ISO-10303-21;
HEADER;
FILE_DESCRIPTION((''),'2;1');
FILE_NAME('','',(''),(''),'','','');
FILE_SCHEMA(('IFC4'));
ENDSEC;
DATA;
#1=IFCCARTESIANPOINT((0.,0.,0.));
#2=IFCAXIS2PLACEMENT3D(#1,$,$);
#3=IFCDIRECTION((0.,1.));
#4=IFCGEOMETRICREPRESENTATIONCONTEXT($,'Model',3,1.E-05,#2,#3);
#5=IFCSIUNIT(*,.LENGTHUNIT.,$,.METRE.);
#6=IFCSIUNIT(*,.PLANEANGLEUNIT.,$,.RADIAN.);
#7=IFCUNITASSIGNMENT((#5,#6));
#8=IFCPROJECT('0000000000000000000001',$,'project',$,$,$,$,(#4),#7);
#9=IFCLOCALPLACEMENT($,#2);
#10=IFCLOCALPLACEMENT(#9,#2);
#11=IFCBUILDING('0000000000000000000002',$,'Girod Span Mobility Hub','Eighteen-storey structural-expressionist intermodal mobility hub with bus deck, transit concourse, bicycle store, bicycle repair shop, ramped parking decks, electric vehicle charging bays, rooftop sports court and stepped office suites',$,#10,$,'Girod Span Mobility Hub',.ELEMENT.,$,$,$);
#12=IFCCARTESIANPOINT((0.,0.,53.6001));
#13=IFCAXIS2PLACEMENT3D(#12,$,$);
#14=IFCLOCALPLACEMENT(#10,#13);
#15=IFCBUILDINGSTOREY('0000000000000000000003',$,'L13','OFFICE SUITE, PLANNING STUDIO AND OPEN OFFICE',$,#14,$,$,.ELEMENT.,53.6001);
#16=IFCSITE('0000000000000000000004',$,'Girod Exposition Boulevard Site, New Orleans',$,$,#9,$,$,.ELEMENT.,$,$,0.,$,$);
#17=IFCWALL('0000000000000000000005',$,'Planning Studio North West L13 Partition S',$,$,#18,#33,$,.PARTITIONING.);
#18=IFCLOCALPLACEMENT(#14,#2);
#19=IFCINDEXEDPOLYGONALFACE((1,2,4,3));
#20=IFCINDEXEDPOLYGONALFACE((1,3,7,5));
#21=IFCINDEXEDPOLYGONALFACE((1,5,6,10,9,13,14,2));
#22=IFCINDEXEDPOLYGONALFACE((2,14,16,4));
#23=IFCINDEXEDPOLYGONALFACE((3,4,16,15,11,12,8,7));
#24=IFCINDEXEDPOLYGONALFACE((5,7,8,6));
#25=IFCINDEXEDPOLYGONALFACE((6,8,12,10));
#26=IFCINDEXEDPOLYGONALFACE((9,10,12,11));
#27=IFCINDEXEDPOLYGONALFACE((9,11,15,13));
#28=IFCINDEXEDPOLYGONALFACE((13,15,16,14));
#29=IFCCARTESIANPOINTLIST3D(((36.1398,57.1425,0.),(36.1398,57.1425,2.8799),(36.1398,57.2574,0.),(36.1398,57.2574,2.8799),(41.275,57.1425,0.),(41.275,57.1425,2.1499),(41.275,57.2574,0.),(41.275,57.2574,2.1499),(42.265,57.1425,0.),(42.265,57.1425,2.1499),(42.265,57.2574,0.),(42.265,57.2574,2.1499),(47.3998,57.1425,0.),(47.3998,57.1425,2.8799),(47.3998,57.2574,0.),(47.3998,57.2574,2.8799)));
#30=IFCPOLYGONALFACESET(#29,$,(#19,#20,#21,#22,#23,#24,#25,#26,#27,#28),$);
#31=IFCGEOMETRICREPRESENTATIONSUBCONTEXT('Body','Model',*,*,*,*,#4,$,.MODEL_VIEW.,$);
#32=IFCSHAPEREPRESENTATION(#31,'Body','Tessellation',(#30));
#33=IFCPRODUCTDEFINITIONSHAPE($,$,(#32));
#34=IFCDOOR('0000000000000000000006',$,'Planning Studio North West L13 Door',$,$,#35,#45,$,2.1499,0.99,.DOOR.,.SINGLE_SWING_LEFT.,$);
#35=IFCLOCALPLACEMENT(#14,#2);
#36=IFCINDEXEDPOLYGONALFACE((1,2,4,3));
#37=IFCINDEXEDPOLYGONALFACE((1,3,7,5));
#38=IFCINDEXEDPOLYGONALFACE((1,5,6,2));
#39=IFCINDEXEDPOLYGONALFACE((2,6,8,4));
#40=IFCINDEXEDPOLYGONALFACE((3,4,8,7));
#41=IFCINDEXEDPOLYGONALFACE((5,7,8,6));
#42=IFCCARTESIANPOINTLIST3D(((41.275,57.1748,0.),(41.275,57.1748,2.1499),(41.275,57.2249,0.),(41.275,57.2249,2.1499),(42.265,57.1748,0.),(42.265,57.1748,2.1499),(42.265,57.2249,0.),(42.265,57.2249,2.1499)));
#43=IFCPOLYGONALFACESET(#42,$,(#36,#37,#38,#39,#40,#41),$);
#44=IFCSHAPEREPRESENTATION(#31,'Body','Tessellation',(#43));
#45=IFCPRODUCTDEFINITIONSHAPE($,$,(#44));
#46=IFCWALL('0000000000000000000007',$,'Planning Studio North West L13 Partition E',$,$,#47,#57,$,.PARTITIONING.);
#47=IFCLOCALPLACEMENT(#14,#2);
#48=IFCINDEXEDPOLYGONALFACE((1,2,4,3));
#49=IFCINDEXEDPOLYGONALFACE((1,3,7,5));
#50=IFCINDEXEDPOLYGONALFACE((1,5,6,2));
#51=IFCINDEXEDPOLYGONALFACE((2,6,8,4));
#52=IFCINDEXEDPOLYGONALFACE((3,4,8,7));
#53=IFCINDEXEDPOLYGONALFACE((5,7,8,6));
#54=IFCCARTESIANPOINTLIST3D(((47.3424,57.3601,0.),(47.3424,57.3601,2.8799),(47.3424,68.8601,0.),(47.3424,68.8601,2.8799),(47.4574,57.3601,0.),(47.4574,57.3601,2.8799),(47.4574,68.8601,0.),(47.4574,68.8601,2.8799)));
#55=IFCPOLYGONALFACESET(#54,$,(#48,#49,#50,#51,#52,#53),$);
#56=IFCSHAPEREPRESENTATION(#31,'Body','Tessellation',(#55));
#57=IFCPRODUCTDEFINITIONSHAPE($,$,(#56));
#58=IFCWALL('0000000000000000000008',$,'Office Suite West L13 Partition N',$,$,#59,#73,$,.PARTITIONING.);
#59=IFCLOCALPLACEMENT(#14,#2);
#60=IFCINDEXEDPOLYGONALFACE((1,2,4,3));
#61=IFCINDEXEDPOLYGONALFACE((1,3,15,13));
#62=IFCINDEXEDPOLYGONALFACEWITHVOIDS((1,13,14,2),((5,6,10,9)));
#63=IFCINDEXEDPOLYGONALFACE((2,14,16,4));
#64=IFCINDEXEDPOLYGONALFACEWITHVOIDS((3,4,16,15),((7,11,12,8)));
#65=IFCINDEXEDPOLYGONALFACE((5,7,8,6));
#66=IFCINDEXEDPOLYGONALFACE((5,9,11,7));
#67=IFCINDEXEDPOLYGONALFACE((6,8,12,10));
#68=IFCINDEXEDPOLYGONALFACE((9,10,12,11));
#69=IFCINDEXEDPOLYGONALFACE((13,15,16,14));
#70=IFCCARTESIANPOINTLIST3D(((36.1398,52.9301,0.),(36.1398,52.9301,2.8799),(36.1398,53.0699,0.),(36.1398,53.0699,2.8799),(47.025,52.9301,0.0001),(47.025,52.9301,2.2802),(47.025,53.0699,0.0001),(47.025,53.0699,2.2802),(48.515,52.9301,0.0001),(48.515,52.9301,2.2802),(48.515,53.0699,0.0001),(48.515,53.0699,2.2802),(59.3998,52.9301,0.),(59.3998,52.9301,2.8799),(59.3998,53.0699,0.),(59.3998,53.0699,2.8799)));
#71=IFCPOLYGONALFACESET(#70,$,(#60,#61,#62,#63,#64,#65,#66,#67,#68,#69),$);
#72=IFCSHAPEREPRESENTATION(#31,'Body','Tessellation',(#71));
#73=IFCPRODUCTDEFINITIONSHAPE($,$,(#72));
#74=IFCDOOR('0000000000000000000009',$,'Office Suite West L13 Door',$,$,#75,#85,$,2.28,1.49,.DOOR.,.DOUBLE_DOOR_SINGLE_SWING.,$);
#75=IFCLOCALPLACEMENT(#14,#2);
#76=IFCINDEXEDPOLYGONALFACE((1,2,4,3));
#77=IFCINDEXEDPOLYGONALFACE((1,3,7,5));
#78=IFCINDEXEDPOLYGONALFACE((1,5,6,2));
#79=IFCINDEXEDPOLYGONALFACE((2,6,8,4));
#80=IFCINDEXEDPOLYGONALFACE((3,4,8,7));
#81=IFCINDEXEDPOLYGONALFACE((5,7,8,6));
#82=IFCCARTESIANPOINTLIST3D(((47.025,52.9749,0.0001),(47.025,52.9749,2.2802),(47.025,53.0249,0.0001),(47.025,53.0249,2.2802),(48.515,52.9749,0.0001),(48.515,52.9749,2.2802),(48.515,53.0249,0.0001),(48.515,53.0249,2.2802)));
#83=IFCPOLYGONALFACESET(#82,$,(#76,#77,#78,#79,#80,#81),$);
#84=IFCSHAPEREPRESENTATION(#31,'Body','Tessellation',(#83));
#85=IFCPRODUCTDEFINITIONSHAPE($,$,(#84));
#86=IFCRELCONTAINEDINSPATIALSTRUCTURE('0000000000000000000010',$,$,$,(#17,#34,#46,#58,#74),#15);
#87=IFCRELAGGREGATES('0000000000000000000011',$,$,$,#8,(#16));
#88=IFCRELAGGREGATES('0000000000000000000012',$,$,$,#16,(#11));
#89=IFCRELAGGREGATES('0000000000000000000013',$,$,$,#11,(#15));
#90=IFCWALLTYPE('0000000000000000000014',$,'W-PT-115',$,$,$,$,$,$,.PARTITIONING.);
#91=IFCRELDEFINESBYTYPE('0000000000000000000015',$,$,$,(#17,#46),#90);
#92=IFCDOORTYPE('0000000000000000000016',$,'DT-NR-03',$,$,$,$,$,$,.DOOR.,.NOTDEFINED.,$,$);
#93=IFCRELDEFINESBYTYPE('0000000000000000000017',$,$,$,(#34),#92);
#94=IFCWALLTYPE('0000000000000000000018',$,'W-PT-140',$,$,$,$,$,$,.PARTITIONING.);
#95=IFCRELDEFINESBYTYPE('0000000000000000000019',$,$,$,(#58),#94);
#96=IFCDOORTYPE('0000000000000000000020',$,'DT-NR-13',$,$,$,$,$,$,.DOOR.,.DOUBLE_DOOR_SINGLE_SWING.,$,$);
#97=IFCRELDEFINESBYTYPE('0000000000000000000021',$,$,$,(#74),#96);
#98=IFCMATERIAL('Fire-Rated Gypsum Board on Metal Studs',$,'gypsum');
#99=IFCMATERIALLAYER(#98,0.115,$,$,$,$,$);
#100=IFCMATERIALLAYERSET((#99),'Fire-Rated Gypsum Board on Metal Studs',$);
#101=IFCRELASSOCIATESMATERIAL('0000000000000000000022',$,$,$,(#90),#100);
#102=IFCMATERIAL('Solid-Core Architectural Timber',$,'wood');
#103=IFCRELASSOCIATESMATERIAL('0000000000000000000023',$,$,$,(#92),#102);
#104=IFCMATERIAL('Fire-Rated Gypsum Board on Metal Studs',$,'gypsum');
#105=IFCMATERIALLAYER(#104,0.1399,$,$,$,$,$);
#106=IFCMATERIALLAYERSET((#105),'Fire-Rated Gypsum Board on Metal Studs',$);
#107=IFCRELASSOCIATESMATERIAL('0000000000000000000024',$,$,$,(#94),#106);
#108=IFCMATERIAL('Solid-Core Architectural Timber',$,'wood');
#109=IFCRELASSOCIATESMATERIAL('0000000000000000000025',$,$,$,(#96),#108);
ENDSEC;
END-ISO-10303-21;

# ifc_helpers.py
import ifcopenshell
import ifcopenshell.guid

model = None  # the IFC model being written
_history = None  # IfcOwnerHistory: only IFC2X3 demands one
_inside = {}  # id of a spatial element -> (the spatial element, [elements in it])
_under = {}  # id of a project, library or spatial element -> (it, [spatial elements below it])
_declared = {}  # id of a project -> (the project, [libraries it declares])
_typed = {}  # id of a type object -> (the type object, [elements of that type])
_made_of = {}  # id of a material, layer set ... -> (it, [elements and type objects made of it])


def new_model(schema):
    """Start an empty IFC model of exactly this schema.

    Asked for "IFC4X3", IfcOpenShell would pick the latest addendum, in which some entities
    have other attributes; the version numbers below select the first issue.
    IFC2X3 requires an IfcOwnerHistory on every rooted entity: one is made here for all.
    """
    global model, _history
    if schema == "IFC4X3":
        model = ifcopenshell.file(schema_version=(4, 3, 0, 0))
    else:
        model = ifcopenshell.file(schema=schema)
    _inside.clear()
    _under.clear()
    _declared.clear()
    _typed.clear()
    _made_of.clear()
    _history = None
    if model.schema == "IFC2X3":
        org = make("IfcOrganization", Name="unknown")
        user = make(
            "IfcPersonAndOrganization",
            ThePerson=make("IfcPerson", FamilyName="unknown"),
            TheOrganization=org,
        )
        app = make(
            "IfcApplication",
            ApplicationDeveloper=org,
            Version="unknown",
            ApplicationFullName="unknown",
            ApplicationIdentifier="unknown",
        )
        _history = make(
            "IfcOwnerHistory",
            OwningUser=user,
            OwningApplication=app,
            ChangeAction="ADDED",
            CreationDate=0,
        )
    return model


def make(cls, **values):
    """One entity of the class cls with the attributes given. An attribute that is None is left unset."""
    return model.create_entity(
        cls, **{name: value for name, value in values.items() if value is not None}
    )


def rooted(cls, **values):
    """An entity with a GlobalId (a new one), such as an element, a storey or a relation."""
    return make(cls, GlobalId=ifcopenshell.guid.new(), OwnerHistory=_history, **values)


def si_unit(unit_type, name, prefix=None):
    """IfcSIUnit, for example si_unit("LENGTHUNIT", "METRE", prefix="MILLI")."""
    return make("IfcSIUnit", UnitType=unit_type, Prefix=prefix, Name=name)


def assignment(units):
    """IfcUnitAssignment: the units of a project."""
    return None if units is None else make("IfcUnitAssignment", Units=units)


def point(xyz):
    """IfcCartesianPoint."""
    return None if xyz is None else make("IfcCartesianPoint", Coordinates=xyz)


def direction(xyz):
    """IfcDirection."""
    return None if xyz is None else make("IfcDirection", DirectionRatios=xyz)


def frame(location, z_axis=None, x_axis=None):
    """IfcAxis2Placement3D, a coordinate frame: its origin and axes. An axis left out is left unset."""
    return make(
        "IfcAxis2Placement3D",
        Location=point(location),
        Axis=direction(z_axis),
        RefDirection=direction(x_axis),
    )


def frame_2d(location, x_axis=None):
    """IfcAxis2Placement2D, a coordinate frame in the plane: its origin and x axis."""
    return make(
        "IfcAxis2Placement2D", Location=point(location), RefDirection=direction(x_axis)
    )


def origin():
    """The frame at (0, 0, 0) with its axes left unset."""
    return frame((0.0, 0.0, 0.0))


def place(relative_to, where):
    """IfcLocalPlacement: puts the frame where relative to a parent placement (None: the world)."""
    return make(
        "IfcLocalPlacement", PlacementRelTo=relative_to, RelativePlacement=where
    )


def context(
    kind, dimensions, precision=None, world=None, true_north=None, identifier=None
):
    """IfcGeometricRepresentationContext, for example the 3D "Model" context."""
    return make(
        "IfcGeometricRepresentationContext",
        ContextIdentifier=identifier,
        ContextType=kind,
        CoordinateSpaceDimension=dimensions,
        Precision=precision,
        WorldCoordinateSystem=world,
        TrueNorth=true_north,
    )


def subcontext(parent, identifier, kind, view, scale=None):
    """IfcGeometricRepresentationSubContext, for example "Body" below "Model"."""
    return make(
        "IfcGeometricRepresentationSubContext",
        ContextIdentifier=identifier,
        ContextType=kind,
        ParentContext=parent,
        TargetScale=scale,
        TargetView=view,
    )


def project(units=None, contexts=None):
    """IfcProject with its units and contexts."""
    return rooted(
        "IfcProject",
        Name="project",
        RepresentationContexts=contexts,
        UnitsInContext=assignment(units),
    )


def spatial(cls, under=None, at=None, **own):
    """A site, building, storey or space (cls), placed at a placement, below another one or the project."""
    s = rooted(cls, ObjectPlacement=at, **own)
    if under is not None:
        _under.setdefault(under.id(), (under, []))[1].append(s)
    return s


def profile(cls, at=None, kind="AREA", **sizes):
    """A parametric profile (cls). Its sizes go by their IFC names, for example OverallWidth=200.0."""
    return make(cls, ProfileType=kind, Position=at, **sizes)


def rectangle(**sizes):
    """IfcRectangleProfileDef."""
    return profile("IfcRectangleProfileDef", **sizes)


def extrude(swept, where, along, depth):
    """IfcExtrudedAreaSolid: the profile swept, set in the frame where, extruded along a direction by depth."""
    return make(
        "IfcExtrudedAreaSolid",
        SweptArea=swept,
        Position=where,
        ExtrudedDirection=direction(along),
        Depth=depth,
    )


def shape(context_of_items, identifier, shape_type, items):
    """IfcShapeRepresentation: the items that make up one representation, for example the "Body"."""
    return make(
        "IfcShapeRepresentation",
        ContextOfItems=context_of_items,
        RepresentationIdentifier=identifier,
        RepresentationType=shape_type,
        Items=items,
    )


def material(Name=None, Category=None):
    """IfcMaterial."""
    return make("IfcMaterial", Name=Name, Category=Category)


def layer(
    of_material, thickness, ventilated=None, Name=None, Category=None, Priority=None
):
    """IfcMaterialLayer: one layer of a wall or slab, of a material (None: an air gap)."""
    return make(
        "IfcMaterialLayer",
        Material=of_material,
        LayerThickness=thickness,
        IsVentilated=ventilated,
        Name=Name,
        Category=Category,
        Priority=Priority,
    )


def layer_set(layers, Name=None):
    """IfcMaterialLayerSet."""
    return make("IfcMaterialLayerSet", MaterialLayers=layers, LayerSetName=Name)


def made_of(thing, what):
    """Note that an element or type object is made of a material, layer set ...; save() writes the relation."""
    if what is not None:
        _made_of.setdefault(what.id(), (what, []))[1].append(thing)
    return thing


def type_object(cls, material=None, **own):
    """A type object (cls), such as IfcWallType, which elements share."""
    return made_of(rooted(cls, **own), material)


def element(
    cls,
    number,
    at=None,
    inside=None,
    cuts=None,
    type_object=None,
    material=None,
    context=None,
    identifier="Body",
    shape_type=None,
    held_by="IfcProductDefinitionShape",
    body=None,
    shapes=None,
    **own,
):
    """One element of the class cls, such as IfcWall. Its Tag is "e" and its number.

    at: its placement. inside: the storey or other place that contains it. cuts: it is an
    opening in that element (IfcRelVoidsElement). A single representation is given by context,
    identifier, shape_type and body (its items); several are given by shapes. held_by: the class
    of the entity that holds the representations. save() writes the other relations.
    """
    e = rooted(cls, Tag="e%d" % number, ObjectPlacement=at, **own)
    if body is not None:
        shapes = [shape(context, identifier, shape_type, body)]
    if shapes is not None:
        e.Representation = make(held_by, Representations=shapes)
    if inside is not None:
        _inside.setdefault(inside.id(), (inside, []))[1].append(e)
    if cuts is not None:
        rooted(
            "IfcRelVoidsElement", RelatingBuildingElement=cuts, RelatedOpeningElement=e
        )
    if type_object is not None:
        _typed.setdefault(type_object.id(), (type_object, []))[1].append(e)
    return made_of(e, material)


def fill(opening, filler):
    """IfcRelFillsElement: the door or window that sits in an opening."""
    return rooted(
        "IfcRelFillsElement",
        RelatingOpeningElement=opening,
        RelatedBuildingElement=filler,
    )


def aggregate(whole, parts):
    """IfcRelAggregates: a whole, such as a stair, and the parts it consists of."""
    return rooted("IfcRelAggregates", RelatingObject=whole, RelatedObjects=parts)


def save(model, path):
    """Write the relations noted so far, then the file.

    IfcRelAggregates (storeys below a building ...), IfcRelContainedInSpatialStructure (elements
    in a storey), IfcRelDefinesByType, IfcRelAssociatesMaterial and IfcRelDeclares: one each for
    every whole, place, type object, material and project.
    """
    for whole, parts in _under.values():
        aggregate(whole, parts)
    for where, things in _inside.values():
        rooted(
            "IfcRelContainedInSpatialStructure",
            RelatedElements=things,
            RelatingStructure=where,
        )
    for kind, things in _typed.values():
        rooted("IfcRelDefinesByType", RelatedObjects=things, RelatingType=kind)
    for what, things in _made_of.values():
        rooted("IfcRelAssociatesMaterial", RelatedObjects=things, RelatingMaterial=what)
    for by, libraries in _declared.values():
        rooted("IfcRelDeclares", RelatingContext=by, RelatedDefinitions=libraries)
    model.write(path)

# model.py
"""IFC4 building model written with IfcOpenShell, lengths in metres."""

from ifc_helpers import new_model, si_unit, direction, frame, frame_2d, origin, place, context, subcontext, project, spatial, rectangle, extrude, material, layer, layer_set, type_object, element, fill, save


model = new_model("IFC4")

# Units and contexts
model_context = context("Model", 3, precision=1e-05, world=origin(), true_north=direction((0.0, 1.0)))
body_context = subcontext(model_context, "Body", "Model", "MODEL_VIEW")
ifc_project = project(units=[si_unit("LENGTHUNIT", "METRE"), si_unit("PLANEANGLEUNIT", "RADIAN")], contexts=[model_context])

# Site, building, storey
site_placement = place(None, origin())
site = spatial("IfcSite", under=ifc_project, at=site_placement, Name="Girod Exposition Boulevard Site, New Orleans", CompositionType="ELEMENT", RefElevation=0.0)
building_placement = place(site_placement, origin())
building = spatial("IfcBuilding", under=site, at=building_placement, Name="Girod Span Mobility Hub", Description="Eighteen-storey structural-expressionist intermodal mobility hub with bus deck, transit concourse, bicycle store, bicycle repair shop, ramped parking decks, electric vehicle charging bays, rooftop sports court and stepped office suites", LongName="Girod Span Mobility Hub", CompositionType="ELEMENT")
storey_placement = place(building_placement, frame((0.0, 0.0, 53.6001)))
storey = spatial("IfcBuildingStorey", under=building, at=storey_placement, Name="L13", Description="OFFICE SUITE, PLANNING STUDIO AND OPEN OFFICE", CompositionType="ELEMENT", Elevation=53.6001)

# Wall, opening, door
ifc_material_1 = material(Name="Fire-Rated Gypsum Board on Metal Studs", Category="gypsum")
ifc_layer_1 = layer(ifc_material_1, 0.115)
ifc_layer_set_1 = layer_set([ifc_layer_1], Name="Fire-Rated Gypsum Board on Metal Studs")
wall_type_1 = type_object("IfcWallType", Name="W-PT-115", PredefinedType="PARTITIONING", material=ifc_layer_set_1)
wall_1_placement = place(storey_placement, frame((36.1399, 57.2, 0.0), z_axis=(0.0, 0.0, 1.0), x_axis=(1.0, 0.0, 0.0)))
wall_1 = element("IfcWall", 1, at=wall_1_placement, inside=storey, type_object=wall_type_1, Name="Planning Studio North West L13 Partition S", PredefinedType="PARTITIONING", context=body_context, shape_type="SweptSolid", body=[
    extrude(rectangle(XDim=11.26, YDim=0.115, at=frame_2d((5.6299, 0.0))), origin(), (0.0, 0.0, 1.0), 2.8799),
])
opening_1_placement = place(wall_1_placement, frame((5.135, 0.0, 0.0)))
opening_1 = element("IfcOpeningElement", 2, at=opening_1_placement, cuts=wall_1, PredefinedType="OPENING", context=body_context, shape_type="SweptSolid", body=[
    extrude(rectangle(XDim=0.99, YDim=2.1499, at=frame_2d((0.4951, 1.075))), frame((0.0, 0.0725, 0.0), z_axis=(0.0, -1.0, 0.0), x_axis=(1.0, 0.0, 0.0)), (0.0, 0.0, 1.0), 0.145),
])
ifc_material_2 = material(Name="Solid-Core Architectural Timber", Category="wood")
door_type_1 = type_object("IfcDoorType", Name="DT-NR-03", OperationType="NOTDEFINED", PredefinedType="DOOR", material=ifc_material_2)
door_1_placement = place(opening_1_placement, origin())
door_1 = element("IfcDoor", 3, at=door_1_placement, inside=storey, type_object=door_type_1, Name="Planning Studio North West L13 Door", OperationType="SINGLE_SWING_LEFT", OverallHeight=2.1499, OverallWidth=0.99, PredefinedType="DOOR", context=body_context, shape_type="SweptSolid", body=[
    extrude(rectangle(XDim=0.99, YDim=2.1499, at=frame_2d((0.4951, 1.075))), frame((0.0, 0.0249, 0.0), z_axis=(0.0, -1.0, 0.0), x_axis=(1.0, 0.0, 0.0)), (0.0, 0.0, 1.0), 0.05),
])
fill(opening_1, door_1)

# Wall
wall_2_placement = place(storey_placement, frame((47.3999, 57.3601, 0.0), z_axis=(0.0, 0.0, 1.0), x_axis=(0.0, 1.0, 0.0)))
element("IfcWall", 4, at=wall_2_placement, inside=storey, type_object=wall_type_1, Name="Planning Studio North West L13 Partition E", PredefinedType="PARTITIONING", context=body_context, shape_type="SweptSolid", body=[
    extrude(rectangle(XDim=11.5, YDim=0.115, at=frame_2d((5.75, 0.0))), origin(), (0.0, 0.0, 1.0), 2.8799),
])

# Wall, opening, door
ifc_material_3 = material(Name="Fire-Rated Gypsum Board on Metal Studs", Category="gypsum")
ifc_layer_2 = layer(ifc_material_3, 0.1399)
ifc_layer_set_2 = layer_set([ifc_layer_2], Name="Fire-Rated Gypsum Board on Metal Studs")
wall_type_2 = type_object("IfcWallType", Name="W-PT-140", PredefinedType="PARTITIONING", material=ifc_layer_set_2)
wall_3_placement = place(storey_placement, frame((36.1399, 53.0, 0.0), z_axis=(0.0, 0.0, 1.0), x_axis=(1.0, 0.0, 0.0)))
wall_3 = element("IfcWall", 5, at=wall_3_placement, inside=storey, type_object=wall_type_2, Name="Office Suite West L13 Partition N", PredefinedType="PARTITIONING", context=body_context, shape_type="SweptSolid", body=[
    extrude(rectangle(XDim=23.26, YDim=0.1399, at=frame_2d((11.6299, 0.0))), origin(), (0.0, 0.0, 1.0), 2.8799),
])
opening_2_placement = place(wall_3_placement, frame((10.885, 0.0, 0.0)))
opening_2 = element("IfcOpeningElement", 6, at=opening_2_placement, cuts=wall_3, PredefinedType="OPENING", context=body_context, shape_type="SweptSolid", body=[
    extrude(rectangle(XDim=1.49, YDim=2.28, at=frame_2d((0.7451, 1.1401))), frame((0.0, 0.085, 0.0), z_axis=(0.0, -1.0, 0.0), x_axis=(1.0, 0.0, 0.0)), (0.0, 0.0, 1.0), 0.1699),
])
ifc_material_4 = material(Name="Solid-Core Architectural Timber", Category="wood")
door_type_2 = type_object("IfcDoorType", Name="DT-NR-13", OperationType="DOUBLE_DOOR_SINGLE_SWING", PredefinedType="DOOR", material=ifc_material_4)
door_2_placement = place(opening_2_placement, origin())
door_2 = element("IfcDoor", 7, at=door_2_placement, inside=storey, type_object=door_type_2, Name="Office Suite West L13 Door", OperationType="DOUBLE_DOOR_SINGLE_SWING", OverallHeight=2.28, OverallWidth=1.49, PredefinedType="DOOR", context=body_context, shape_type="SweptSolid", body=[
    extrude(rectangle(XDim=1.49, YDim=2.28, at=frame_2d((0.7451, 1.1401))), frame((0.0, 0.0249, 0.0), z_axis=(0.0, -1.0, 0.0), x_axis=(1.0, 0.0, 0.0)), (0.0, 0.0, 1.0), 0.05),
])
fill(opening_2, door_2)

save(model, "model.ifc")
